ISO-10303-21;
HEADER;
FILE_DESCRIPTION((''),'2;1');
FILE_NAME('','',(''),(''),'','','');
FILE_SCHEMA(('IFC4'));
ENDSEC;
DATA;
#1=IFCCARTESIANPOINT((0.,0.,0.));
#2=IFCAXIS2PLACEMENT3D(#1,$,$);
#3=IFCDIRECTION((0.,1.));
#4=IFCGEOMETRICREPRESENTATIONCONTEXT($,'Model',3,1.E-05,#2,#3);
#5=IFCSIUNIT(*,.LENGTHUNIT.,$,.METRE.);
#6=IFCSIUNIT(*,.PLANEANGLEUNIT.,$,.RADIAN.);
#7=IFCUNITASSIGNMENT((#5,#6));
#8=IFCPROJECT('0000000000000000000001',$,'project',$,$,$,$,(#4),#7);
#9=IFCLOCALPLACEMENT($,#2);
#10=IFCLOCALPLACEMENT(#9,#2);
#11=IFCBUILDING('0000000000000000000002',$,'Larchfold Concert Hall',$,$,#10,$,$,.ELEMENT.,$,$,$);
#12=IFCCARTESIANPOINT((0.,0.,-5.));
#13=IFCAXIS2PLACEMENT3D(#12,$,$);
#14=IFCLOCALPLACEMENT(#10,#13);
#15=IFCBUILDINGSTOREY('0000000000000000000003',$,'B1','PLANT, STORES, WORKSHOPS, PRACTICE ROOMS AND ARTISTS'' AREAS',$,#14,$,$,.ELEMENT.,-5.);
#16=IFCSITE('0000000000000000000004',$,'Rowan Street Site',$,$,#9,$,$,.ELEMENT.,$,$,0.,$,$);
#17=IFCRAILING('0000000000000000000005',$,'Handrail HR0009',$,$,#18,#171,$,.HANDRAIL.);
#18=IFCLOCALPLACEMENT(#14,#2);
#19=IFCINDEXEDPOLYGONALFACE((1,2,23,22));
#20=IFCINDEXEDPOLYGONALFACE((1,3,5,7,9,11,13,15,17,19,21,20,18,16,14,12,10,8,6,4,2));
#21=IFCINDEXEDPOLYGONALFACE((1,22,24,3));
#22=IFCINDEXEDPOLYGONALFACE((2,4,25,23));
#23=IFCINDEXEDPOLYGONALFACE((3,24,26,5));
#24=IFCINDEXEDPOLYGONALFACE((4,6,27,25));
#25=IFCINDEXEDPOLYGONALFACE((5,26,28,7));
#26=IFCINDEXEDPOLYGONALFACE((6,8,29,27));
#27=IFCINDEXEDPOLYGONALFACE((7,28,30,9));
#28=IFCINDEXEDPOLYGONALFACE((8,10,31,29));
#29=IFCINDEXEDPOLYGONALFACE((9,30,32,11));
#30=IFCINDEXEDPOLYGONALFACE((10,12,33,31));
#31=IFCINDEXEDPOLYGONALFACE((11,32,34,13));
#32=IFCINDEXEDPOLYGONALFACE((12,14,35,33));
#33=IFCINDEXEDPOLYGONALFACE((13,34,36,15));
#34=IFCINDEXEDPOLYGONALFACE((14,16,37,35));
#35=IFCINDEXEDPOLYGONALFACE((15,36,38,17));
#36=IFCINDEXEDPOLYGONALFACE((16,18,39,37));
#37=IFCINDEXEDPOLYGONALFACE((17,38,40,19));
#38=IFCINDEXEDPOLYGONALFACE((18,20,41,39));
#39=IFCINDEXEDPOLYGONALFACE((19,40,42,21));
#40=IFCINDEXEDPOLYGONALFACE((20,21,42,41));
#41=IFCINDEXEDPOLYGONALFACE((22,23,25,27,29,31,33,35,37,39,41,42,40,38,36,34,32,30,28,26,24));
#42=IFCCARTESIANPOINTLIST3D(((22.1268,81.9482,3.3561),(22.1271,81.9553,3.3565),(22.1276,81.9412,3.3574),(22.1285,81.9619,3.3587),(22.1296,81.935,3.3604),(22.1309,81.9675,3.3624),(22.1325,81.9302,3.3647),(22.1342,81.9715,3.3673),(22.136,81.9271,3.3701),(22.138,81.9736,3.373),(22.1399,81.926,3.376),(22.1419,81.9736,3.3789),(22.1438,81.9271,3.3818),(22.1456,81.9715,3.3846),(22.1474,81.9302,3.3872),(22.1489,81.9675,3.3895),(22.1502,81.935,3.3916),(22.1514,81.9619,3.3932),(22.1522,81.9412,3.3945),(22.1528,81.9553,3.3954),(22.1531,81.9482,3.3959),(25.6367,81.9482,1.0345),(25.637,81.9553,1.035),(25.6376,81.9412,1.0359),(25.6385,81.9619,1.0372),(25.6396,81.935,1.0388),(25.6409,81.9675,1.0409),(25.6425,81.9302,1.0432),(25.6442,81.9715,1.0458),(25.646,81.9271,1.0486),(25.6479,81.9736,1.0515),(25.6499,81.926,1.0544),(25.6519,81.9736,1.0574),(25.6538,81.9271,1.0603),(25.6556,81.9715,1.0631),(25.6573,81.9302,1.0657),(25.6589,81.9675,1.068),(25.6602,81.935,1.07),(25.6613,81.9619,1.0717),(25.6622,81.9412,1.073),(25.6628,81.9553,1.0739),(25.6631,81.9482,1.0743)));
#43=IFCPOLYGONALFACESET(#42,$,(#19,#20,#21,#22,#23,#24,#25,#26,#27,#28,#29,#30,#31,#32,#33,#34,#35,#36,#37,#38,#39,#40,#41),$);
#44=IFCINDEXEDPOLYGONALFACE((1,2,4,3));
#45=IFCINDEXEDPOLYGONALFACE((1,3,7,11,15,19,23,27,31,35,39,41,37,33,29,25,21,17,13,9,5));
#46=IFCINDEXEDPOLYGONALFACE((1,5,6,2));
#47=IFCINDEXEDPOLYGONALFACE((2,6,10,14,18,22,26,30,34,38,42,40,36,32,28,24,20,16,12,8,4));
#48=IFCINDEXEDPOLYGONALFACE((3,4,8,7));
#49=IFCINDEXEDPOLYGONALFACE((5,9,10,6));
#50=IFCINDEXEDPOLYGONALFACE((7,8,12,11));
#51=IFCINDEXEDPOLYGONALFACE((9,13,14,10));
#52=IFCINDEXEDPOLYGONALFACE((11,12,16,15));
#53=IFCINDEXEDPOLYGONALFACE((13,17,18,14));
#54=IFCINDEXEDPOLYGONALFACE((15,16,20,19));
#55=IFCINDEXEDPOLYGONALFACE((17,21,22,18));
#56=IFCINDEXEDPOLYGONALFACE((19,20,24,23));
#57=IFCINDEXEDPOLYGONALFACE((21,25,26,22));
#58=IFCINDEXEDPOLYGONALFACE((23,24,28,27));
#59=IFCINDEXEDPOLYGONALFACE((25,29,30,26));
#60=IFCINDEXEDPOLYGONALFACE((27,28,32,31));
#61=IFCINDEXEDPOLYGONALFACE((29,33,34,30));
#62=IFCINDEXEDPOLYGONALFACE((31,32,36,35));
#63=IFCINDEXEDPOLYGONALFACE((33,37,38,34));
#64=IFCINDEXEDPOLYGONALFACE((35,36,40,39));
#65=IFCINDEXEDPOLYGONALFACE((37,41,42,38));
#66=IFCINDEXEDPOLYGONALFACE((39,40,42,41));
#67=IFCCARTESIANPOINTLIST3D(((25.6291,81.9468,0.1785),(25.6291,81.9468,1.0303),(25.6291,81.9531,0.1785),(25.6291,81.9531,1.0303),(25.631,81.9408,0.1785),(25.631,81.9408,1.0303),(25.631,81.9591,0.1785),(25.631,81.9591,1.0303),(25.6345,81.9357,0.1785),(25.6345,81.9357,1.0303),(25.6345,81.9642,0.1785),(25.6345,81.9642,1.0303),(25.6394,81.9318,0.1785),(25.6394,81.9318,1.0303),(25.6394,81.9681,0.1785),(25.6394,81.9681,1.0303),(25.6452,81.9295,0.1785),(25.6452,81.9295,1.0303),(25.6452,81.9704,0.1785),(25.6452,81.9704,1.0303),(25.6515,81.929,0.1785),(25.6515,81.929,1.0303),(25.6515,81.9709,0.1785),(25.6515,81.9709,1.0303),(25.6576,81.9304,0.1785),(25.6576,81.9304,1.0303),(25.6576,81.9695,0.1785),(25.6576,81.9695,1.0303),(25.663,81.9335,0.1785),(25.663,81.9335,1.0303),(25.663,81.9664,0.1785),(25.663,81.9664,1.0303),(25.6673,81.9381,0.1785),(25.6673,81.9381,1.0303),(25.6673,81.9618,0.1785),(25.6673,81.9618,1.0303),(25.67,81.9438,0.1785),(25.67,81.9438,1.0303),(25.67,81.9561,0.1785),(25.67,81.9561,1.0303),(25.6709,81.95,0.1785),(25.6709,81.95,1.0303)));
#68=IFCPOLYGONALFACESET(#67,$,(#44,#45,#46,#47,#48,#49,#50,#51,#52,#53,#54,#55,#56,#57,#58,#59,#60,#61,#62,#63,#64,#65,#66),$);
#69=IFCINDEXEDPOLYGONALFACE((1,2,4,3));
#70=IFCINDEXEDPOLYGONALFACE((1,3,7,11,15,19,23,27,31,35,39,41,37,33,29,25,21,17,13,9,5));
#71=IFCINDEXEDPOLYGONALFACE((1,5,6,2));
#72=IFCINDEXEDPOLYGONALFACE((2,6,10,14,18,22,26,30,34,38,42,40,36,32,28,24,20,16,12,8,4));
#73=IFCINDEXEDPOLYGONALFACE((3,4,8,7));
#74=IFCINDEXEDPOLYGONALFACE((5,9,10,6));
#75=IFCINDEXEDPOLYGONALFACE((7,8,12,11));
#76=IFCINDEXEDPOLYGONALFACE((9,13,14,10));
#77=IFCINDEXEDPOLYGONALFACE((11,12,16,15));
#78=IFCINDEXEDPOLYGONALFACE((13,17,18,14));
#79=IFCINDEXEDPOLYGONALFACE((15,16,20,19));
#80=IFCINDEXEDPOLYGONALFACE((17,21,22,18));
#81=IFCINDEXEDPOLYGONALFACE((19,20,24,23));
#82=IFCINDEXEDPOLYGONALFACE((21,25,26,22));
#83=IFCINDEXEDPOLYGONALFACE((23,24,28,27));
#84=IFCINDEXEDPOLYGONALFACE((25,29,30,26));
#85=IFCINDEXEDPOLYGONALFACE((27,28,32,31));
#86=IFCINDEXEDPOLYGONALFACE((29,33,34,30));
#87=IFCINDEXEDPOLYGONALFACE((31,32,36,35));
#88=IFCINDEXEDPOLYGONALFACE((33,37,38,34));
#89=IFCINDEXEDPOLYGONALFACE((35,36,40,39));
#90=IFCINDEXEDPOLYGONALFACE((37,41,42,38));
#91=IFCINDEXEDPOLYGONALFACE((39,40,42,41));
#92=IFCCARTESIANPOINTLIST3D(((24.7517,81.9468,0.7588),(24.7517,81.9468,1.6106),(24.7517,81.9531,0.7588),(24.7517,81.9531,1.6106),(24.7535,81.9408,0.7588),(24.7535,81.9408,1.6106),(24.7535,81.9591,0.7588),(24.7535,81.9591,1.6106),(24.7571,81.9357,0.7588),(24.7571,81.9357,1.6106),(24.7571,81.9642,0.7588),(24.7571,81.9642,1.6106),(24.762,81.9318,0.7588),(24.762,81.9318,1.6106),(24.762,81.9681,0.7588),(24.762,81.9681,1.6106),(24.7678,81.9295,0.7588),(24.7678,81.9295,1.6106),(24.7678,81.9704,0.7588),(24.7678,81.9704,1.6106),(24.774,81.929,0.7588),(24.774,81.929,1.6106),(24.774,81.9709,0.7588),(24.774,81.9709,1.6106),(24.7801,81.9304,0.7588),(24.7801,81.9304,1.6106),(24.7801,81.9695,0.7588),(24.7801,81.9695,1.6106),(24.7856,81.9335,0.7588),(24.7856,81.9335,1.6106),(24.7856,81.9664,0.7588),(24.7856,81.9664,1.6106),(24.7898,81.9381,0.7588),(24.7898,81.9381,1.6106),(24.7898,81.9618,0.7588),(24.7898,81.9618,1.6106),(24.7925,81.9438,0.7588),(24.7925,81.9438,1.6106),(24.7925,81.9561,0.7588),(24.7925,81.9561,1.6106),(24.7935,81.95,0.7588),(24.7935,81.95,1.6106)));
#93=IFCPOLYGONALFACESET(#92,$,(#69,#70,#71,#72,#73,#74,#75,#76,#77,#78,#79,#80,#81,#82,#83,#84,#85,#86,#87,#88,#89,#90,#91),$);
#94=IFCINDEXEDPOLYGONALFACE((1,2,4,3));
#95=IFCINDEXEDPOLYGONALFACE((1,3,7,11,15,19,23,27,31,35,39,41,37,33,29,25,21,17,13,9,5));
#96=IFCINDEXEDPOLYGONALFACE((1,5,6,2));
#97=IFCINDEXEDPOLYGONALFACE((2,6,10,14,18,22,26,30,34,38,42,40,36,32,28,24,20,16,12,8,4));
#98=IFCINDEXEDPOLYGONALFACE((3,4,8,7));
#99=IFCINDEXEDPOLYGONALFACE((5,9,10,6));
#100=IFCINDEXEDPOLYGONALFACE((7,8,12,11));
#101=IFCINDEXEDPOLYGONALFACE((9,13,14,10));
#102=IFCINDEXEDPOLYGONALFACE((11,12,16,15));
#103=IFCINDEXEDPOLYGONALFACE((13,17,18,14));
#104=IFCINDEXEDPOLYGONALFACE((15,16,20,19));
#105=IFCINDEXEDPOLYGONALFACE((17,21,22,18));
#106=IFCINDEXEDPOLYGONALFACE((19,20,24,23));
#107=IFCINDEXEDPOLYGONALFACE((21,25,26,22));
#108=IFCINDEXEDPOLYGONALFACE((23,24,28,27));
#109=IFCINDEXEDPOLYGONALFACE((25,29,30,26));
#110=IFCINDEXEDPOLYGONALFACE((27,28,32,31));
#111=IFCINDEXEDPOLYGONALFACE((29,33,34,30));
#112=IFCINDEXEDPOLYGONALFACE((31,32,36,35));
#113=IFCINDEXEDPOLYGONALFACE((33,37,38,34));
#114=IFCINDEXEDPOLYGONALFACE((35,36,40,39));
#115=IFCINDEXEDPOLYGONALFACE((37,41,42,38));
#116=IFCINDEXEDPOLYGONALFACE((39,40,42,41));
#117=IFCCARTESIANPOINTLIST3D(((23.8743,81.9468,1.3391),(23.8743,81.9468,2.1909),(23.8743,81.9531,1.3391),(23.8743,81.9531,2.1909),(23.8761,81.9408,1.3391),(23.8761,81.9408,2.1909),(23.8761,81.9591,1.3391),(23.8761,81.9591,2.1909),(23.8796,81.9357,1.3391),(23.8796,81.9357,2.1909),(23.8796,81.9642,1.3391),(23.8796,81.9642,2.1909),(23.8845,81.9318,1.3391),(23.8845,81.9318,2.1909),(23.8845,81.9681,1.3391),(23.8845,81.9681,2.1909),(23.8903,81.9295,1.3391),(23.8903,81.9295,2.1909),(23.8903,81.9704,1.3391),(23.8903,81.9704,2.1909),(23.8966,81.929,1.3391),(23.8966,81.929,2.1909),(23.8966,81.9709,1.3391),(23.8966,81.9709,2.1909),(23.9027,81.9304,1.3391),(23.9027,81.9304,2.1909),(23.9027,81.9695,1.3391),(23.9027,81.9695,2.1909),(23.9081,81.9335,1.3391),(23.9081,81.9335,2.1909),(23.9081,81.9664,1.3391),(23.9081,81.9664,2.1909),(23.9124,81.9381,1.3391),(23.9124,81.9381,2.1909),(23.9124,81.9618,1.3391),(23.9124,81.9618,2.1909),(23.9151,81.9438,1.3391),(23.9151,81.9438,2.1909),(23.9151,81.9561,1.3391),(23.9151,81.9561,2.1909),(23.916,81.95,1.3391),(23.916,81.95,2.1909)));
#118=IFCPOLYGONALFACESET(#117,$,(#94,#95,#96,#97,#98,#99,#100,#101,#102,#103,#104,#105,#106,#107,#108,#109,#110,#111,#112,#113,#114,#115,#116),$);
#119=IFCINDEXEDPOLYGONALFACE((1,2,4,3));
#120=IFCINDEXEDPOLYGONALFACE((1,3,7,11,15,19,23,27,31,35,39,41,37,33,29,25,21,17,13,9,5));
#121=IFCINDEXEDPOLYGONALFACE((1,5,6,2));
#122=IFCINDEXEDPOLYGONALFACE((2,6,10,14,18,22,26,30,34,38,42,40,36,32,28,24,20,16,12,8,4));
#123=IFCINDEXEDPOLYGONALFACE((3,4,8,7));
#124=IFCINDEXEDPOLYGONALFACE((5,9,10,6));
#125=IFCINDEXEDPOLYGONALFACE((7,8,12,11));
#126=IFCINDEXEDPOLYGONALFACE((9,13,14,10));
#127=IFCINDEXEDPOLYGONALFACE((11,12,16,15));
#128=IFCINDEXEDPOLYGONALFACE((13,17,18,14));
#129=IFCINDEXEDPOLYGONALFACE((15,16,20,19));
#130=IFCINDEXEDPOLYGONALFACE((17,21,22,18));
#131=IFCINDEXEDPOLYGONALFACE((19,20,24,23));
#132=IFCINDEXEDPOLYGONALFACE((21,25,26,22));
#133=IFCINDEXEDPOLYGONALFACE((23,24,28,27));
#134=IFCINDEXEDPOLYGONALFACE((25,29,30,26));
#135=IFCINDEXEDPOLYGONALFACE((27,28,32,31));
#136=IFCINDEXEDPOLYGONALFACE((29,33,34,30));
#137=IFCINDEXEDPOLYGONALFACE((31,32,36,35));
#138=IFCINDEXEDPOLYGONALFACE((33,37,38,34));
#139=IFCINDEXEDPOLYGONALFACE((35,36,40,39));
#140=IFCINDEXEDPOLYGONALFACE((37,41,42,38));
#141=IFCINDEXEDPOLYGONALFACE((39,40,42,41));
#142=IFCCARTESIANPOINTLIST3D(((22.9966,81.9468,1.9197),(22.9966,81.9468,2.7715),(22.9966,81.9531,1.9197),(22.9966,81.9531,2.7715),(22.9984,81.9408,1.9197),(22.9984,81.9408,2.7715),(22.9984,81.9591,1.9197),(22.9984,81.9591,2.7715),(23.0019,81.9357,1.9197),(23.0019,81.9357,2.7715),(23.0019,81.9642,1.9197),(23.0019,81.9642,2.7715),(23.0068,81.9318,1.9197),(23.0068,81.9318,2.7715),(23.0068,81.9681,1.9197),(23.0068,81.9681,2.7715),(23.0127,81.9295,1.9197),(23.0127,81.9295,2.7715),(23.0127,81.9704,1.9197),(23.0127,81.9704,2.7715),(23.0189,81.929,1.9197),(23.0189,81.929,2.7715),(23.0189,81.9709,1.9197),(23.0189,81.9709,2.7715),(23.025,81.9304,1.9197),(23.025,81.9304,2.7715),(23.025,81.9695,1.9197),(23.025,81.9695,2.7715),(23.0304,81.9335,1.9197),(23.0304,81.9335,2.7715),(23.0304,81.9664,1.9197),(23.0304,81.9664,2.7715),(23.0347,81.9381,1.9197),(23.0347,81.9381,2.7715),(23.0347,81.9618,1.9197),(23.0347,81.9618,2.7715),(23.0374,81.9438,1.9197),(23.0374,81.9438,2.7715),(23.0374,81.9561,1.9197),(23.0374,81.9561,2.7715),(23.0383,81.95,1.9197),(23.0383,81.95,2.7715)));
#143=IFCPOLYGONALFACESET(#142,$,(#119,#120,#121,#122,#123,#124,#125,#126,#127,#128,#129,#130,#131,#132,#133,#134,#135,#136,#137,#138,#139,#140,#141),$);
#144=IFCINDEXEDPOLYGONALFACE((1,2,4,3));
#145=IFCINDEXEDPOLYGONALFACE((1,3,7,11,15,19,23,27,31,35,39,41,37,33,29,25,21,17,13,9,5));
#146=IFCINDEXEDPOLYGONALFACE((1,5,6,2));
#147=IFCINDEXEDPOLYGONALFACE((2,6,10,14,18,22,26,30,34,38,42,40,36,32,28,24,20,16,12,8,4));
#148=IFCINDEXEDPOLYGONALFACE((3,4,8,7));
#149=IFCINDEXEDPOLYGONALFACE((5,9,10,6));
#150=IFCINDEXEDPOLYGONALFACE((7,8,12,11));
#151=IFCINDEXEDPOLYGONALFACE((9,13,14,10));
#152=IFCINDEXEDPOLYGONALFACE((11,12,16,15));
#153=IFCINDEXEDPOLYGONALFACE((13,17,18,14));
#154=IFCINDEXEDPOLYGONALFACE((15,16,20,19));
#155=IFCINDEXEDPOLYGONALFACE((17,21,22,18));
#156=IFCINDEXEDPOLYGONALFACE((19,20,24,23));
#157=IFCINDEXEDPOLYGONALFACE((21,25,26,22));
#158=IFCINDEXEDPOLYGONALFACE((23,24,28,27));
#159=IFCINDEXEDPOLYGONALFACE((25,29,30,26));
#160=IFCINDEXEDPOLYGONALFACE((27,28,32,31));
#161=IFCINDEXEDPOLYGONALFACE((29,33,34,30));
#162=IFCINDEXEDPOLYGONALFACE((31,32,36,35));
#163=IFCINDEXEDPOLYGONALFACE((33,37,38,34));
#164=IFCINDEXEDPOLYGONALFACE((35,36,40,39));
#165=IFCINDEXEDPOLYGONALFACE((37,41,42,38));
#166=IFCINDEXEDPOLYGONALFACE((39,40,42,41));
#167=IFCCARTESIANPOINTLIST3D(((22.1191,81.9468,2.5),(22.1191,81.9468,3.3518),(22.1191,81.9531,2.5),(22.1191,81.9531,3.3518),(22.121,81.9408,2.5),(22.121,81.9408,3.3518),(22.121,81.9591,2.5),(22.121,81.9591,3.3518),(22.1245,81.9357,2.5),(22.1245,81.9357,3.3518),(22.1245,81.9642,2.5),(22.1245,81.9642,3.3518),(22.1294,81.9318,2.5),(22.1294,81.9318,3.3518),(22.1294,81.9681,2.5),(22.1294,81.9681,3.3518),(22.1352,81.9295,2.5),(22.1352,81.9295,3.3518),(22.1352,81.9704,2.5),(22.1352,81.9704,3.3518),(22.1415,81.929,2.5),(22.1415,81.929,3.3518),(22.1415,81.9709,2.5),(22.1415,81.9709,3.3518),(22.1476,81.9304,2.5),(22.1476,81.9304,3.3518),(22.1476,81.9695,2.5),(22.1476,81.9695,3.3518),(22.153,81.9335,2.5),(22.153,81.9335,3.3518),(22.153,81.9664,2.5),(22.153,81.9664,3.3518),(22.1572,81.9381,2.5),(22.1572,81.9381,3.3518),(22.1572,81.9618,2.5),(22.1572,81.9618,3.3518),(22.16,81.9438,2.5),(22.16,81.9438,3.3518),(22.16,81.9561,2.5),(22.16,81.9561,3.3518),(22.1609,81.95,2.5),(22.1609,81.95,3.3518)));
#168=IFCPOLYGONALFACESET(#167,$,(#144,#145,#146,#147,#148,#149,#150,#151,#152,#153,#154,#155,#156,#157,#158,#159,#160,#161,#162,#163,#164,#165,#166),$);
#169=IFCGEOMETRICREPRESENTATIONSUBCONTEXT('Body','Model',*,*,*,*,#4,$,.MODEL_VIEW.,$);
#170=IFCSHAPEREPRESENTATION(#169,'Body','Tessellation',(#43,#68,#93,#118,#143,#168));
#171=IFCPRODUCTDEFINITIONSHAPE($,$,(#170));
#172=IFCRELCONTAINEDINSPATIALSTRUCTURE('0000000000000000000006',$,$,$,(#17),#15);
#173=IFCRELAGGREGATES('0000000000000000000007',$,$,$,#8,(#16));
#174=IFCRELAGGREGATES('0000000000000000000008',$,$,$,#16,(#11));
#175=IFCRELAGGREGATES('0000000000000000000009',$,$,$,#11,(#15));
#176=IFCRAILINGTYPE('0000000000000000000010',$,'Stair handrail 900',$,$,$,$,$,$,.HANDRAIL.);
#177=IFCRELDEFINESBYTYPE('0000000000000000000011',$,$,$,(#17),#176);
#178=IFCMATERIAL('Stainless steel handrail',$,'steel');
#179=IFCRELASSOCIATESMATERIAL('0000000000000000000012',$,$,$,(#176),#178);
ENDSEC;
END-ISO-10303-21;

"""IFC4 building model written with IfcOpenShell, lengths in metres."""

from ifc_helpers import new_model, si_unit, direction, frame, origin, origin_2d, place, context, subcontext, project, spatial, circle, extrude, material, type_object, element, save


model = new_model("IFC4")

# Units and contexts
model_context = context("Model", 3, precision=1e-05, world=origin(), true_north=direction((0.0, 1.0)))
body_context = subcontext(model_context, "Body", "Model", "MODEL_VIEW")
ifc_project = project(units=[si_unit("LENGTHUNIT", "METRE"), si_unit("PLANEANGLEUNIT", "RADIAN")], contexts=[model_context])

# Site, building, storey
site_placement = place(None, origin())
site = spatial("IfcSite", under=ifc_project, at=site_placement, Name="Rowan Street Site", CompositionType="ELEMENT", RefElevation=0.0)
building_placement = place(site_placement, origin())
building = spatial("IfcBuilding", under=site, at=building_placement, Name="Larchfold Concert Hall", CompositionType="ELEMENT")
storey_placement = place(building_placement, frame((0.0, 0.0, -5.0)))
storey = spatial("IfcBuildingStorey", under=building, at=storey_placement, Name="B1", Description="PLANT, STORES, WORKSHOPS, PRACTICE ROOMS AND ARTISTS' AREAS", CompositionType="ELEMENT", Elevation=-5.0)

# Railing
ifc_material_1 = material(Name="Stainless steel handrail", Category="steel")
railing_type_1 = type_object("IfcRailingType", Name="Stair handrail 900", PredefinedType="HANDRAIL", material=ifc_material_1)
for number, where, name in (
    (1, (25.6499, 81.95, 0.1785), "Handrail HR0009"),
):
    element("IfcRailing", number, at=place(storey_placement, frame(where)), inside=storey, type_object=railing_type_1, Name=name, PredefinedType="HANDRAIL", context=body_context, shape_type="SweptSolid", body=[
        extrude(circle(Radius=0.0239, at=origin_2d()), frame((0.0, 0.0, 0.876), z_axis=(-0.834071, 0.0, 0.551657), x_axis=(0.0, -1.0, 0.0)), (0.0, 0.0, 1.0), 4.2083),
        extrude(circle(Radius=0.021, at=origin_2d()), origin(), (0.0, 0.0, 1.0), 0.8518),
        extrude(circle(Radius=0.021, at=origin_2d()), frame((-0.8774, 0.0, 0.5803)), (0.0, 0.0, 1.0), 0.8518),
        extrude(circle(Radius=0.021, at=origin_2d()), frame((-1.7549, 0.0, 1.1606)), (0.0, 0.0, 1.0), 0.8518),
        extrude(circle(Radius=0.021, at=origin_2d()), frame((-2.6326, 0.0, 1.7412)), (0.0, 0.0, 1.0), 0.8518),
        extrude(circle(Radius=0.021, at=origin_2d()), frame((-3.51, 0.0, 2.3215)), (0.0, 0.0, 1.0), 0.8518),
    ])

save(model, "model.ifc")
